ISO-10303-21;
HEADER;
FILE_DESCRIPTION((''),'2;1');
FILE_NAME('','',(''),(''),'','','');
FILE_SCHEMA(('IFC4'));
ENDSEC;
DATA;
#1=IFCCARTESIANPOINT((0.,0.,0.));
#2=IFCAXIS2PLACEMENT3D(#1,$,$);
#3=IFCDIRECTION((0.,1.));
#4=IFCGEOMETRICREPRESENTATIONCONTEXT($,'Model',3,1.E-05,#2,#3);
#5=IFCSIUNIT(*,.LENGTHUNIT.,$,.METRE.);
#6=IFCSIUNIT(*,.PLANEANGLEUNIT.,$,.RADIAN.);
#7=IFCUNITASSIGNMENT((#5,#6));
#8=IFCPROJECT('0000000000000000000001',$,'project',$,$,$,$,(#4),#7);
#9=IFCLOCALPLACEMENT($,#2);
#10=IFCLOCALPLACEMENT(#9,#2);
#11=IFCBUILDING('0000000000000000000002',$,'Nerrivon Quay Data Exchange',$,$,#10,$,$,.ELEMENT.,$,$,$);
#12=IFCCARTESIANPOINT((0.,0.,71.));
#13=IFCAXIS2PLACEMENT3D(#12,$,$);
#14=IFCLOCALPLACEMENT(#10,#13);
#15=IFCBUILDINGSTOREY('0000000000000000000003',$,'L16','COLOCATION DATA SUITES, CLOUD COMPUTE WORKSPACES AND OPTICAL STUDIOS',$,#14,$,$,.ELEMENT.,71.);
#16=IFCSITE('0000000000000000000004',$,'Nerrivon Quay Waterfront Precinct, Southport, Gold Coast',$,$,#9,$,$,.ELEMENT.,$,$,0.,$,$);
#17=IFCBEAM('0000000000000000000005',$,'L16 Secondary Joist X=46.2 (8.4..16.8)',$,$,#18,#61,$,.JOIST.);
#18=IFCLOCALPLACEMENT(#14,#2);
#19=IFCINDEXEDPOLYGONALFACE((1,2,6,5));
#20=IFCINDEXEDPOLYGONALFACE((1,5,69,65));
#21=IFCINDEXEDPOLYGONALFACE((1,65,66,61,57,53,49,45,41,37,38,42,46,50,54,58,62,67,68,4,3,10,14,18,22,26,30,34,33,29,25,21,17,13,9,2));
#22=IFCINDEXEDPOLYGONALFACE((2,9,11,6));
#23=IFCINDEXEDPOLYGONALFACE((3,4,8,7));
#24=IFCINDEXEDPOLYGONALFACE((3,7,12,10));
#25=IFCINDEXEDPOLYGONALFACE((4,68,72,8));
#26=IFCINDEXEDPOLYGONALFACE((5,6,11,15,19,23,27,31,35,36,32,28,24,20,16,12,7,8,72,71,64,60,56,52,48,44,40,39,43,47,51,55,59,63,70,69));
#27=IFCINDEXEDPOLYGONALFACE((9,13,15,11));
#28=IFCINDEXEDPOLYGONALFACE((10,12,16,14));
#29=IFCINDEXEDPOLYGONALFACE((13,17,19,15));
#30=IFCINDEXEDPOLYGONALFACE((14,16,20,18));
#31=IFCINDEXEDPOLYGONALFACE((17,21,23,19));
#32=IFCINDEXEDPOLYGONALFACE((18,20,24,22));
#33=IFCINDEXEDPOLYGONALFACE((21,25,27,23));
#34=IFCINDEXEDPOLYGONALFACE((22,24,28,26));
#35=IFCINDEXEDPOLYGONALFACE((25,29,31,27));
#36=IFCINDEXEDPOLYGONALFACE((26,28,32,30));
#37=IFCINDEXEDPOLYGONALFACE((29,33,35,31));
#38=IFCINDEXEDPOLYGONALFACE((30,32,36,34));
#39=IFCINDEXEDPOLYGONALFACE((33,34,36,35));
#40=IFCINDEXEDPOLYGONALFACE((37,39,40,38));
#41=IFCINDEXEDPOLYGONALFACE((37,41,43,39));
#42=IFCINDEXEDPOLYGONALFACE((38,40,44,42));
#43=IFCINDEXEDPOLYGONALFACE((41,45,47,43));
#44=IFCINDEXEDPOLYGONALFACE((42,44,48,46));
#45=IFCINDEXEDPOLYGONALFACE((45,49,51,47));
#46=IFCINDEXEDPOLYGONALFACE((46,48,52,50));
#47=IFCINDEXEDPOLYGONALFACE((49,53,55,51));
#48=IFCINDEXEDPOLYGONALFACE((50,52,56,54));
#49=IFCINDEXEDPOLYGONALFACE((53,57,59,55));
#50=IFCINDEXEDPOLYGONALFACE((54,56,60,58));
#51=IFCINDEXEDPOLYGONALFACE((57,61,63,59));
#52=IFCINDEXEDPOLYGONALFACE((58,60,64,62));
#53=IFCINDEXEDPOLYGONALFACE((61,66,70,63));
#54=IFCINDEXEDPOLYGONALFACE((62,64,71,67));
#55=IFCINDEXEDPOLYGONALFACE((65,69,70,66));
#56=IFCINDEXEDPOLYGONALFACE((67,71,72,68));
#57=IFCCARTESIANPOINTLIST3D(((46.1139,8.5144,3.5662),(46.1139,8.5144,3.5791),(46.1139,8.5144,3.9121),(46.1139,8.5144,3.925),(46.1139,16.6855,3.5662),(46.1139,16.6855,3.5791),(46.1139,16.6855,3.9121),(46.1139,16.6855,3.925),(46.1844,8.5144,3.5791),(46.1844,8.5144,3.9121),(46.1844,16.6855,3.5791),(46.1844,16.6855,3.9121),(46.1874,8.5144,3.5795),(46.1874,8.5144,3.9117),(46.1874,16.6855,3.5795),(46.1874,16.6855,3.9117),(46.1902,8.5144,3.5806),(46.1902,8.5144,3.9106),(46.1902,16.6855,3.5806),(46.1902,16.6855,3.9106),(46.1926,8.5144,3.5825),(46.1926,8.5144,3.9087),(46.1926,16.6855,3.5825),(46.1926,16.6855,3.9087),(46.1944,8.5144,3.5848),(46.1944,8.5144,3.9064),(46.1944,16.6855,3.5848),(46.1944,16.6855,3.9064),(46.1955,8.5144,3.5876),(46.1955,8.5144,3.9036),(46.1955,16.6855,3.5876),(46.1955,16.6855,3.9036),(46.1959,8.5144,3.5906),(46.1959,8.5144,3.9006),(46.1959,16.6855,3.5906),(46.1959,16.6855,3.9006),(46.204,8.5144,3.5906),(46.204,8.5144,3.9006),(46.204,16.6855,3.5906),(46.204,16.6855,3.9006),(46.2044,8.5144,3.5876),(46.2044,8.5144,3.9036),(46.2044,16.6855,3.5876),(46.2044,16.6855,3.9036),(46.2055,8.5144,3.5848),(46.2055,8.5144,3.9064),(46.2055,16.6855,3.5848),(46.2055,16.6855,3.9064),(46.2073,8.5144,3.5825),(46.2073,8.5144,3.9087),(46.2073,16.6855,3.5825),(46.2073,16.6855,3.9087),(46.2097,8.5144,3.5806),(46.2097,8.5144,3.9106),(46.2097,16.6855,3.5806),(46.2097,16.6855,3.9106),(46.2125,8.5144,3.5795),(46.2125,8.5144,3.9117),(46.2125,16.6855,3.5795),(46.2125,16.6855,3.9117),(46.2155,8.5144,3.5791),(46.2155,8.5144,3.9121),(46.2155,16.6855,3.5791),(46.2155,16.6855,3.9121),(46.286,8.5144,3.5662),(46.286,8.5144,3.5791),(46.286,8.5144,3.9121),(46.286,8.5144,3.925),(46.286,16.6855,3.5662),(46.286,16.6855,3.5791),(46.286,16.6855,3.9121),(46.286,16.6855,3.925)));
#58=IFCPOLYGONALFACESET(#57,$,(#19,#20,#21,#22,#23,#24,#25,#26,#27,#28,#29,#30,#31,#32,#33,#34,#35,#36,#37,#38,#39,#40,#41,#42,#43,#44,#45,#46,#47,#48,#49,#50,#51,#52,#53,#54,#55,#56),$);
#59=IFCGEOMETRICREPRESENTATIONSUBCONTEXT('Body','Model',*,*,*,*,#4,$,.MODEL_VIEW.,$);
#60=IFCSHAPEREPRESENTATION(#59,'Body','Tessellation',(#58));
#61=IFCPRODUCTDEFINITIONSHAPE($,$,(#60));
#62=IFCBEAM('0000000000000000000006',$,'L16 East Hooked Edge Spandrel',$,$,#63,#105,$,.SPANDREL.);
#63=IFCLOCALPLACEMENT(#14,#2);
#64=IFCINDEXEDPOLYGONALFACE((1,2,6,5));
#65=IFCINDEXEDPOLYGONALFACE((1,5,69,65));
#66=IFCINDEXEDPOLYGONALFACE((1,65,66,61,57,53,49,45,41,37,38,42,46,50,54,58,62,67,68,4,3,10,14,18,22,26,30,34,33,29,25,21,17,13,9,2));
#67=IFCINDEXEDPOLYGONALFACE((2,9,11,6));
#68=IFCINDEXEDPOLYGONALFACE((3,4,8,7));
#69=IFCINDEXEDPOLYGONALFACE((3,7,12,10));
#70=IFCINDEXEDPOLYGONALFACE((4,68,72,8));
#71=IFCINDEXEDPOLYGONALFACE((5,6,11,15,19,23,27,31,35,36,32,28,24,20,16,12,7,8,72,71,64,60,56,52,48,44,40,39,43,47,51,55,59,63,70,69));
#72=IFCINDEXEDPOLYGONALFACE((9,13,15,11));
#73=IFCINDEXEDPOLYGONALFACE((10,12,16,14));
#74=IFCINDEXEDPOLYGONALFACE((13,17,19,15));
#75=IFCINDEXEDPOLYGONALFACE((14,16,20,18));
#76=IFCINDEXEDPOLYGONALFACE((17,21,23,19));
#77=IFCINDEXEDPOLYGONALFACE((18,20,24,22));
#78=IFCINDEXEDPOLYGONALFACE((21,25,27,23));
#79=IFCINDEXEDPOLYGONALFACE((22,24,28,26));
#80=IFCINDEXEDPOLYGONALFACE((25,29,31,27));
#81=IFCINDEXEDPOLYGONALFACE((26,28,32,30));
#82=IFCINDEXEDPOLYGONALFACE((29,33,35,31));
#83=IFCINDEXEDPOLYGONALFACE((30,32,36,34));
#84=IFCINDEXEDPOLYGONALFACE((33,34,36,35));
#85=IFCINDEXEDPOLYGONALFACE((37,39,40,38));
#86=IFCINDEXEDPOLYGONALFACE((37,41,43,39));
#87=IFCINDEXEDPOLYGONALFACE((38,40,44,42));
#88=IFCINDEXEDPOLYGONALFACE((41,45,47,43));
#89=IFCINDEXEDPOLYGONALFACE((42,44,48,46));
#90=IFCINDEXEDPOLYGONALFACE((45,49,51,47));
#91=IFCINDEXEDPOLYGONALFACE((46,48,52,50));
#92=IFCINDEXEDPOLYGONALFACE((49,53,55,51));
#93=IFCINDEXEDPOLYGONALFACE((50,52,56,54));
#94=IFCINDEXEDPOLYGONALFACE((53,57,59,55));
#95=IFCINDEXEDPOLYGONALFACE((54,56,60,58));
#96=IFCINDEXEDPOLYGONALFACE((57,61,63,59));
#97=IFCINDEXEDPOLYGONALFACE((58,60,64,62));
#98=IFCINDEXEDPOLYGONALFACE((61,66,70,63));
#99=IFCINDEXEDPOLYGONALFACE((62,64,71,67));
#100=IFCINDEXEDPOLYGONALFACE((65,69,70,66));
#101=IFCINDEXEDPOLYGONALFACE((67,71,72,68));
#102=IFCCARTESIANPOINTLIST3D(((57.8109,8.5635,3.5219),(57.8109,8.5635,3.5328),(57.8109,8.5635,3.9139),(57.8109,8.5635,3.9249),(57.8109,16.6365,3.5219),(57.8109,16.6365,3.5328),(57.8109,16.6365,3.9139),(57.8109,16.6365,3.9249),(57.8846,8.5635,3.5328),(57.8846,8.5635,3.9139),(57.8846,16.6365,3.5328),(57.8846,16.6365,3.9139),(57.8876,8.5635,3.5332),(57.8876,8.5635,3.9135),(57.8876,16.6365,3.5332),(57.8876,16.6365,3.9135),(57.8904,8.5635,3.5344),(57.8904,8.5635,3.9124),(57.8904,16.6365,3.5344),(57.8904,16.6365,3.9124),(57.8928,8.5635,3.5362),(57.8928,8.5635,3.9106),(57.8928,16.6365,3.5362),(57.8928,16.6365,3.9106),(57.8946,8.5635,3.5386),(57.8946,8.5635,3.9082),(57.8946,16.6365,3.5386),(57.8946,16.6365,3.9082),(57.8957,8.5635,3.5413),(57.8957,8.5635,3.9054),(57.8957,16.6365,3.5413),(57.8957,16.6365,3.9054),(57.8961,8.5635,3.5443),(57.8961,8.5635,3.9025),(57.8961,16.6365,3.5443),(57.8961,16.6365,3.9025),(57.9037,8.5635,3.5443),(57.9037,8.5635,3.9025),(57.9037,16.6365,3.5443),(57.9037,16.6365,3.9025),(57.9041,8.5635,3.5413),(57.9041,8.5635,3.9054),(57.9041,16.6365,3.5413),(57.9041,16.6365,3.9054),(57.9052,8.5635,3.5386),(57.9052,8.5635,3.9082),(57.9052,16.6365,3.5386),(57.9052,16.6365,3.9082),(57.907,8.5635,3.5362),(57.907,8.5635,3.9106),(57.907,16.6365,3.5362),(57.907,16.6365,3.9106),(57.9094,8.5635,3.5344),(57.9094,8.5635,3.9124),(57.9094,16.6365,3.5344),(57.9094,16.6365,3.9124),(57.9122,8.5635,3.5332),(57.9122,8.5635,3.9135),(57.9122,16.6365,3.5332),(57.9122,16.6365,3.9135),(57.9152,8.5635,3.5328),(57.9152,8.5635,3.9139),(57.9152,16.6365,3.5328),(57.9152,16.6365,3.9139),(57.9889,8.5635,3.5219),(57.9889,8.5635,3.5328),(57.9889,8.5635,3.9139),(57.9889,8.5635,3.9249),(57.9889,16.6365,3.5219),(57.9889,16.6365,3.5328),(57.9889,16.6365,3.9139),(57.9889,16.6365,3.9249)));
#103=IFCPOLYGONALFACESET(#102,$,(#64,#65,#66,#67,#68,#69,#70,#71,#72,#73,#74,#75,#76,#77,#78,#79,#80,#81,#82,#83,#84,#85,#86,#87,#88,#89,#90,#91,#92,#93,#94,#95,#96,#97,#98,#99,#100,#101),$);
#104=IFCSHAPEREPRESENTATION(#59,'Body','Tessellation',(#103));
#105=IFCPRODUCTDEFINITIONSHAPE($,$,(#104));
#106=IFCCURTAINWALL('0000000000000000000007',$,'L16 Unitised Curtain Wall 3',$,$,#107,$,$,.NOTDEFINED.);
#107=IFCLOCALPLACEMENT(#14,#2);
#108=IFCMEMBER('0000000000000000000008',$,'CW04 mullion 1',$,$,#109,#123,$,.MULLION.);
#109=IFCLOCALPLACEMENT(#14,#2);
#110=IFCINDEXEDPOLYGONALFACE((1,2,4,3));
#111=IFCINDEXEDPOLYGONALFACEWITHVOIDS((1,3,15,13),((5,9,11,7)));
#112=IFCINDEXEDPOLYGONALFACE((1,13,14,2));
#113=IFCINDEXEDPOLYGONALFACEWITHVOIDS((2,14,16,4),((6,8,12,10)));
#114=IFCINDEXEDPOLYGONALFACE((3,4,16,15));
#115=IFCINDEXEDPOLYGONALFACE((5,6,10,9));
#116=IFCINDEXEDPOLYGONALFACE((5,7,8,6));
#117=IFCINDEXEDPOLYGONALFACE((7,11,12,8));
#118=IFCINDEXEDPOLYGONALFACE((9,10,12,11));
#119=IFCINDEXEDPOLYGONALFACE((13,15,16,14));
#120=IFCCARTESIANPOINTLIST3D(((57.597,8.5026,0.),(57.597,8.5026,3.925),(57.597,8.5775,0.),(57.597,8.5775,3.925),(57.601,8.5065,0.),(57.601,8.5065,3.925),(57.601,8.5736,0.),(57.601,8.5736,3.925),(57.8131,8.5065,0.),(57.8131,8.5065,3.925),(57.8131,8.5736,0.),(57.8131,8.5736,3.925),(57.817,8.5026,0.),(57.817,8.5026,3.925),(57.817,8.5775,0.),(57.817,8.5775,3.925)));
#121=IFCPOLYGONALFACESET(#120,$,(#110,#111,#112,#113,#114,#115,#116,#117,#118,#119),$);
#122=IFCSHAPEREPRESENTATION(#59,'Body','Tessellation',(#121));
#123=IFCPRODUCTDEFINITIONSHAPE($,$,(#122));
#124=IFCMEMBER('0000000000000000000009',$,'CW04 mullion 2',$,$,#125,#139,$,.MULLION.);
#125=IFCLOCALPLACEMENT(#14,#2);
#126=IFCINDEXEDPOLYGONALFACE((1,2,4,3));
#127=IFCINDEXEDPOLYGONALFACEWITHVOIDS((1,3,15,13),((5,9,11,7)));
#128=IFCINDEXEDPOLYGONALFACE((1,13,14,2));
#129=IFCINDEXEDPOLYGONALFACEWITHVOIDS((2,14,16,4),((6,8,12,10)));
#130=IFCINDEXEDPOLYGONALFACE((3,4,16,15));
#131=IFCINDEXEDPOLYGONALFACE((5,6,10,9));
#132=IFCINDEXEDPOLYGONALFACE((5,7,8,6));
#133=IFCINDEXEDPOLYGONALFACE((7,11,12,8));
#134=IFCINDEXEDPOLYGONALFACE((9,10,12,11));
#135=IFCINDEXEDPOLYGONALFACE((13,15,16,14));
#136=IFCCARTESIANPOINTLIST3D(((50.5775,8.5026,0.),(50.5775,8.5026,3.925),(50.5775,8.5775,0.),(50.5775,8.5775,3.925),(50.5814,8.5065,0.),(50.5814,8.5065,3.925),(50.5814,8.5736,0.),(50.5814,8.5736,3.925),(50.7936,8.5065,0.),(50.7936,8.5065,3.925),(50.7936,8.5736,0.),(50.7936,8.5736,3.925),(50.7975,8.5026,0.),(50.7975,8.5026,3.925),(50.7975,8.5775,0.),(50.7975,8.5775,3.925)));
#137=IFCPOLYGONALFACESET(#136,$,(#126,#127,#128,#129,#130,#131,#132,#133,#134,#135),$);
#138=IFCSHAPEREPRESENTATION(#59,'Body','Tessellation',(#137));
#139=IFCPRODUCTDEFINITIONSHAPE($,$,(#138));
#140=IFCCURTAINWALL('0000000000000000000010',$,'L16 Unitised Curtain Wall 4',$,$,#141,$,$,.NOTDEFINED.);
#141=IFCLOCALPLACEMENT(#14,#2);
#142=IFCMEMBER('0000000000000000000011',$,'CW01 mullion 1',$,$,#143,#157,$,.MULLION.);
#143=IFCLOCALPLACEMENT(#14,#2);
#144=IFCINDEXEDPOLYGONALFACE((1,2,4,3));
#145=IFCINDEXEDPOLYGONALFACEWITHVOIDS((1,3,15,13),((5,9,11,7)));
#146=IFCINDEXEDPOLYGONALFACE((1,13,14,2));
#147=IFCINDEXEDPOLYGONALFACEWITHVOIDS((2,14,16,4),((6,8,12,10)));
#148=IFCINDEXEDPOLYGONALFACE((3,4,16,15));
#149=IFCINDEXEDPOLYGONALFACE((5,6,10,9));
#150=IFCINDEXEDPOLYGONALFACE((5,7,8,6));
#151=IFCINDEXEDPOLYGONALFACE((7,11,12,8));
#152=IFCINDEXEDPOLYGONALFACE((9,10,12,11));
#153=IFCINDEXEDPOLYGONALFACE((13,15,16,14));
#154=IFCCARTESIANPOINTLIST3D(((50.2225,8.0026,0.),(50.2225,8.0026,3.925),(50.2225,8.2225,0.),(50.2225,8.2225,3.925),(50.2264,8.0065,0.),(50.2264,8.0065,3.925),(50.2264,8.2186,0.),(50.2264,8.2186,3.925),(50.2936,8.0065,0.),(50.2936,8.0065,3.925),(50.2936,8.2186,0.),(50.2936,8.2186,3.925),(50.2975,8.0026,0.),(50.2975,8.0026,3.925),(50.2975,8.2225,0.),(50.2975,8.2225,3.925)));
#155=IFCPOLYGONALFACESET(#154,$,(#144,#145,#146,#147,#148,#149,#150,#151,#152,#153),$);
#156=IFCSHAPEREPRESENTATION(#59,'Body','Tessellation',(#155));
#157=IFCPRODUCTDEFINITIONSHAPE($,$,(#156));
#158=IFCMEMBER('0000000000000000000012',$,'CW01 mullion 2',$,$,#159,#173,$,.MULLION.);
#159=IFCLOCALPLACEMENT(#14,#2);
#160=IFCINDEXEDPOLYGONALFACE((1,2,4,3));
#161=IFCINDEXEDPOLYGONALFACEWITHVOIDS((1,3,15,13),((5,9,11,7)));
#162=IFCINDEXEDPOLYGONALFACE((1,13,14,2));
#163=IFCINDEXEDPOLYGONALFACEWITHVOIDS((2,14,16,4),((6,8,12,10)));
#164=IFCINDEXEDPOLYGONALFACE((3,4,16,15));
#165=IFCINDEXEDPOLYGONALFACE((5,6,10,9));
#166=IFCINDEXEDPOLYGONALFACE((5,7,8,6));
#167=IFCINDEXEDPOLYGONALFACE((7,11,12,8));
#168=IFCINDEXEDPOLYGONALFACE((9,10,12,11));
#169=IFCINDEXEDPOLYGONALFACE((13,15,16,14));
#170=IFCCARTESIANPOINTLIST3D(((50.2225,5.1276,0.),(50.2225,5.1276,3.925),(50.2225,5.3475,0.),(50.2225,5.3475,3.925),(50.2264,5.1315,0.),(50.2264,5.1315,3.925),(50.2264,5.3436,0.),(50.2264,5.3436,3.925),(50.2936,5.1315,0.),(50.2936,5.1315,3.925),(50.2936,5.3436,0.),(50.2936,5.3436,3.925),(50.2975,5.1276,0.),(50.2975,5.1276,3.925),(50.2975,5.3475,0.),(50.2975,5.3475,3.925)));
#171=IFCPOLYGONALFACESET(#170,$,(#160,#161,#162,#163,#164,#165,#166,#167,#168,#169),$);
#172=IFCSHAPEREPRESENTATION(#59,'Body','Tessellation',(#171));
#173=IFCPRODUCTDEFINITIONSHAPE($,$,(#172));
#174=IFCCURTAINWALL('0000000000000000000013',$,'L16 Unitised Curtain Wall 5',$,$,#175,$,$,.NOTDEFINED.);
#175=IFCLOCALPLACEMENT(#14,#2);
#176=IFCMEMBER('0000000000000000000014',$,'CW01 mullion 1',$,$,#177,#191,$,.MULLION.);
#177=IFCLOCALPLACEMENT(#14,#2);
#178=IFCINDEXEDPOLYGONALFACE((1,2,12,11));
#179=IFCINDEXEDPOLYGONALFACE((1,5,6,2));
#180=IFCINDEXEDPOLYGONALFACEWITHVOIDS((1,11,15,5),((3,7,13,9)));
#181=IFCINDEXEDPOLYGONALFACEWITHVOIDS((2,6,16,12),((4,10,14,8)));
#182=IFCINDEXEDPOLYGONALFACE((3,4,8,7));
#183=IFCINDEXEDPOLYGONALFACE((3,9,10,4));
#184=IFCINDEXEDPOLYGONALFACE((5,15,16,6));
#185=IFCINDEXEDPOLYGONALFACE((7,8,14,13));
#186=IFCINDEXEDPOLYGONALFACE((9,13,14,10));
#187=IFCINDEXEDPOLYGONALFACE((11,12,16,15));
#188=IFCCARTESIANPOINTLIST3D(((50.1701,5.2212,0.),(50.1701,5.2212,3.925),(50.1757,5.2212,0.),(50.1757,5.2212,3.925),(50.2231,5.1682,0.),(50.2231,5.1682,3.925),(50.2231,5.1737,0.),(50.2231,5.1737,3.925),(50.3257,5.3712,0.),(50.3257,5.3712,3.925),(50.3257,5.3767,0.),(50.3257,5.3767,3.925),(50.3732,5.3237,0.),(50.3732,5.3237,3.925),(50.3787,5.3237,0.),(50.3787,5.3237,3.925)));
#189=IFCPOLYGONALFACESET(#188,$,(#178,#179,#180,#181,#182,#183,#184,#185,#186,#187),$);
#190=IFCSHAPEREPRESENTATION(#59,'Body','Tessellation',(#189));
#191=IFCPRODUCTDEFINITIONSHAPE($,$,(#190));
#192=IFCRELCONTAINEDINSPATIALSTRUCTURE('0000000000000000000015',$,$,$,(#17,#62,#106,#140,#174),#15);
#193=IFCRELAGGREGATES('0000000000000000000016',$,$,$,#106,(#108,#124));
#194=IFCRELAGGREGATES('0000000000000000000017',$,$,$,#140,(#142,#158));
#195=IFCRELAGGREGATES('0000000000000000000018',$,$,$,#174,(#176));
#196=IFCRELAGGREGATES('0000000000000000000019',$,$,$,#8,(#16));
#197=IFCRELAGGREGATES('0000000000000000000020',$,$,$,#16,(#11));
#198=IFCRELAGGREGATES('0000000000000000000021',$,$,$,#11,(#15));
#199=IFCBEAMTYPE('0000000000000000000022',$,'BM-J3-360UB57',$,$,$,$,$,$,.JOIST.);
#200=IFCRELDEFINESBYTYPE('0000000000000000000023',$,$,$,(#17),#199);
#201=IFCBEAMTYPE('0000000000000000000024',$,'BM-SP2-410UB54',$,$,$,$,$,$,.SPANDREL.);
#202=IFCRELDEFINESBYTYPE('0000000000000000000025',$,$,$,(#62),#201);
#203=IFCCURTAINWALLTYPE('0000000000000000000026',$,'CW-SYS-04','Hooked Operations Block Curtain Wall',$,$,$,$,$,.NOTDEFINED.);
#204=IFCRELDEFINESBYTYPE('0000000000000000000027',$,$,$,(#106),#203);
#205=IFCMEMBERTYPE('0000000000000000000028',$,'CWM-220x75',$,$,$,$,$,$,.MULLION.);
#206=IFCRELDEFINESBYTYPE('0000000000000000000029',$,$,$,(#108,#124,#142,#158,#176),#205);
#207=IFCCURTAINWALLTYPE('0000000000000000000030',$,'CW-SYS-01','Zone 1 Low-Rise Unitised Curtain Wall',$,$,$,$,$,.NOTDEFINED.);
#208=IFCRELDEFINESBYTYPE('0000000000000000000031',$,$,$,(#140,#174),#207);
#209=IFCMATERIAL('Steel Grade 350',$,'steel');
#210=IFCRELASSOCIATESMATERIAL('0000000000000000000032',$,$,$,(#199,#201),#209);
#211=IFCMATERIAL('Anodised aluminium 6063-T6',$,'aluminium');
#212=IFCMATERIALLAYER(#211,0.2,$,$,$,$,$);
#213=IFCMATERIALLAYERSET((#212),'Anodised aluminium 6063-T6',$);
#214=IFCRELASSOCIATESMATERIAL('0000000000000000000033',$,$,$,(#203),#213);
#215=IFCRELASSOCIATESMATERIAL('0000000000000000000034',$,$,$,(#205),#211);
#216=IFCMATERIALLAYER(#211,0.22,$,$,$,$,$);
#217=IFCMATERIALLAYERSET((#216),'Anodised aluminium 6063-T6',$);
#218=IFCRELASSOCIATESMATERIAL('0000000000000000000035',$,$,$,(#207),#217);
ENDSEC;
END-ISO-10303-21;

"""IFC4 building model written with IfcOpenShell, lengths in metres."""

from ifc_helpers import new_model, si_unit, direction, frame, origin, origin_2d, place, context, subcontext, project, spatial, hollow_rectangle, i_section, extrude, material, layer, layer_set, material_profile, profile_set, type_object, element, aggregate, save


model = new_model("IFC4")

# Units and contexts
model_context = context("Model", 3, precision=1e-05, world=origin(), true_north=direction((0.0, 1.0)))
body_context = subcontext(model_context, "Body", "Model", "MODEL_VIEW")
ifc_project = project(units=[si_unit("LENGTHUNIT", "METRE"), si_unit("PLANEANGLEUNIT", "RADIAN")], contexts=[model_context])

# Site, building, storey
site_placement = place(None, origin())
site = spatial("IfcSite", under=ifc_project, at=site_placement, Name="Nerrivon Quay Waterfront Precinct, Southport, Gold Coast", CompositionType="ELEMENT", RefElevation=0.0)
building_placement = place(site_placement, origin())
building = spatial("IfcBuilding", under=site, at=building_placement, Name="Nerrivon Quay Data Exchange", CompositionType="ELEMENT")
storey_placement = place(building_placement, frame((0.0, 0.0, 71.0)))
storey = spatial("IfcBuildingStorey", under=building, at=storey_placement, Name="L16", Description="COLOCATION DATA SUITES, CLOUD COMPUTE WORKSPACES AND OPTICAL STUDIOS", CompositionType="ELEMENT", Elevation=71.0)

# Shared definitions
ifc_material_1 = material(Name="Steel Grade 350", Category="steel")

# Beams
ifc_material_profile_1 = material_profile(ifc_material_1, i_section(OverallWidth=0.1721, OverallDepth=0.3589, WebThickness=0.0081, FlangeThickness=0.0129, FilletRadius=0.0115, at=origin_2d()), Name="360UB56.7")
ifc_profile_set_1 = profile_set([ifc_material_profile_1], Name="Steel Grade 350")
beam_type_1 = type_object("IfcBeamType", Name="BM-J3-360UB57", PredefinedType="JOIST", material=ifc_profile_set_1)
beam_1_placement = place(storey_placement, frame((46.2, 8.5144, 3.7456), z_axis=(0.0, 1.0, 0.0), x_axis=(-1.0, 0.0, 0.0)))
element("IfcBeam", 1, at=beam_1_placement, inside=storey, type_object=beam_type_1, Name="L16 Secondary Joist X=46.2 (8.4..16.8)", PredefinedType="JOIST", context=body_context, shape_type="SweptSolid", body=[
    extrude(i_section(OverallWidth=0.1721, OverallDepth=0.3589, WebThickness=0.0081, FlangeThickness=0.0129, FilletRadius=0.0115, at=origin_2d()), origin(), (0.0, 0.0, 1.0), 8.1711),
])
ifc_material_profile_2 = material_profile(ifc_material_1, i_section(OverallWidth=0.178, OverallDepth=0.4031, WebThickness=0.0076, FlangeThickness=0.011, FilletRadius=0.0115, at=origin_2d()), Name="410UB53.7")
ifc_profile_set_2 = profile_set([ifc_material_profile_2], Name="Steel Grade 350")
beam_type_2 = type_object("IfcBeamType", Name="BM-SP2-410UB54", PredefinedType="SPANDREL", material=ifc_profile_set_2)
beam_2_placement = place(storey_placement, frame((57.8999, 8.5635, 3.7234), z_axis=(0.0, 1.0, 0.0), x_axis=(-1.0, 0.0, 0.0)))
element("IfcBeam", 2, at=beam_2_placement, inside=storey, type_object=beam_type_2, Name="L16 East Hooked Edge Spandrel", PredefinedType="SPANDREL", context=body_context, shape_type="SweptSolid", body=[
    extrude(i_section(OverallWidth=0.178, OverallDepth=0.4031, WebThickness=0.0076, FlangeThickness=0.011, FilletRadius=0.0115, at=origin_2d()), origin(), (0.0, 0.0, 1.0), 8.073),
])

# Curtain walls, members
ifc_material_2 = material(Name="Anodised aluminium 6063-T6", Category="aluminium")
ifc_layer_1 = layer(ifc_material_2, 0.2)
ifc_layer_set_1 = layer_set([ifc_layer_1], Name="Anodised aluminium 6063-T6")
curtain_wall_type_1 = type_object("IfcCurtainWallType", Name="CW-SYS-04", Description="Hooked Operations Block Curtain Wall", PredefinedType="NOTDEFINED", material=ifc_layer_set_1)
curtain_wall_1_placement = place(storey_placement, origin())
curtain_wall_1 = element("IfcCurtainWall", 3, at=curtain_wall_1_placement, inside=storey, type_object=curtain_wall_type_1, Name="L16 Unitised Curtain Wall 3", PredefinedType="NOTDEFINED")
ifc_material_profile_3 = material_profile(ifc_material_2, hollow_rectangle(XDim=0.075, YDim=0.22, WallThickness=0.0039, at=origin_2d()), Name="ALU-MULL-220x75")
ifc_profile_set_3 = profile_set([ifc_material_profile_3], Name="Anodised aluminium 6063-T6")
member_type_1 = type_object("IfcMemberType", Name="CWM-220x75", PredefinedType="MULLION", material=ifc_profile_set_3)
member_1_placement = place(storey_placement, frame((57.707, 8.54, 0.0), z_axis=(0.0, 0.0, 1.0), x_axis=(0.0, -1.0, 0.0)))
member_1 = element("IfcMember", 4, at=member_1_placement, type_object=member_type_1, Name="CW04 mullion 1", PredefinedType="MULLION", context=body_context, shape_type="SweptSolid", body=[
    extrude(hollow_rectangle(XDim=0.075, YDim=0.22, WallThickness=0.0039, at=origin_2d()), origin(), (0.0, 0.0, 1.0), 3.925),
])
member_2_placement = place(storey_placement, frame((50.6875, 8.54, 0.0), z_axis=(0.0, 0.0, 1.0), x_axis=(0.0, -1.0, 0.0)))
member_2 = element("IfcMember", 5, at=member_2_placement, type_object=member_type_1, Name="CW04 mullion 2", PredefinedType="MULLION", context=body_context, shape_type="SweptSolid", body=[
    extrude(hollow_rectangle(XDim=0.075, YDim=0.22, WallThickness=0.0039, at=origin_2d()), origin(), (0.0, 0.0, 1.0), 3.925),
])
ifc_layer_2 = layer(ifc_material_2, 0.22)
ifc_layer_set_2 = layer_set([ifc_layer_2], Name="Anodised aluminium 6063-T6")
curtain_wall_type_2 = type_object("IfcCurtainWallType", Name="CW-SYS-01", Description="Zone 1 Low-Rise Unitised Curtain Wall", PredefinedType="NOTDEFINED", material=ifc_layer_set_2)
curtain_wall_2_placement = place(storey_placement, origin())
curtain_wall_2 = element("IfcCurtainWall", 6, at=curtain_wall_2_placement, inside=storey, type_object=curtain_wall_type_2, Name="L16 Unitised Curtain Wall 4", PredefinedType="NOTDEFINED")
member_3_placement = place(storey_placement, frame((50.26, 8.1125, 0.0), z_axis=(0.0, 0.0, 1.0), x_axis=(1.0, 0.0, 0.0)))
member_3 = element("IfcMember", 7, at=member_3_placement, type_object=member_type_1, Name="CW01 mullion 1", PredefinedType="MULLION", context=body_context, shape_type="SweptSolid", body=[
    extrude(hollow_rectangle(XDim=0.075, YDim=0.22, WallThickness=0.0039, at=origin_2d()), origin(), (0.0, 0.0, 1.0), 3.925),
])
member_4_placement = place(storey_placement, frame((50.26, 5.2375, 0.0), z_axis=(0.0, 0.0, 1.0), x_axis=(1.0, 0.0, 0.0)))
member_4 = element("IfcMember", 8, at=member_4_placement, type_object=member_type_1, Name="CW01 mullion 2", PredefinedType="MULLION", context=body_context, shape_type="SweptSolid", body=[
    extrude(hollow_rectangle(XDim=0.075, YDim=0.22, WallThickness=0.0039, at=origin_2d()), origin(), (0.0, 0.0, 1.0), 3.925),
])

# Curtain wall, member
curtain_wall_3_placement = place(storey_placement, origin())
curtain_wall_3 = element("IfcCurtainWall", 9, at=curtain_wall_3_placement, inside=storey, type_object=curtain_wall_type_2, Name="L16 Unitised Curtain Wall 5", PredefinedType="NOTDEFINED")
member_5_placement = place(storey_placement, frame((50.2744, 5.2725, 0.0), z_axis=(0.0, 0.0, 1.0), x_axis=(0.707107, -0.707107, 0.0)))
member_5 = element("IfcMember", 10, at=member_5_placement, type_object=member_type_1, Name="CW01 mullion 1", PredefinedType="MULLION", context=body_context, shape_type="SweptSolid", body=[
    extrude(hollow_rectangle(XDim=0.075, YDim=0.22, WallThickness=0.0039, at=origin_2d()), origin(), (0.0, 0.0, 1.0), 3.925),
])

aggregate(curtain_wall_1, [member_1, member_2])
aggregate(curtain_wall_2, [member_3, member_4])
aggregate(curtain_wall_3, [member_5])

save(model, "model.ifc")
